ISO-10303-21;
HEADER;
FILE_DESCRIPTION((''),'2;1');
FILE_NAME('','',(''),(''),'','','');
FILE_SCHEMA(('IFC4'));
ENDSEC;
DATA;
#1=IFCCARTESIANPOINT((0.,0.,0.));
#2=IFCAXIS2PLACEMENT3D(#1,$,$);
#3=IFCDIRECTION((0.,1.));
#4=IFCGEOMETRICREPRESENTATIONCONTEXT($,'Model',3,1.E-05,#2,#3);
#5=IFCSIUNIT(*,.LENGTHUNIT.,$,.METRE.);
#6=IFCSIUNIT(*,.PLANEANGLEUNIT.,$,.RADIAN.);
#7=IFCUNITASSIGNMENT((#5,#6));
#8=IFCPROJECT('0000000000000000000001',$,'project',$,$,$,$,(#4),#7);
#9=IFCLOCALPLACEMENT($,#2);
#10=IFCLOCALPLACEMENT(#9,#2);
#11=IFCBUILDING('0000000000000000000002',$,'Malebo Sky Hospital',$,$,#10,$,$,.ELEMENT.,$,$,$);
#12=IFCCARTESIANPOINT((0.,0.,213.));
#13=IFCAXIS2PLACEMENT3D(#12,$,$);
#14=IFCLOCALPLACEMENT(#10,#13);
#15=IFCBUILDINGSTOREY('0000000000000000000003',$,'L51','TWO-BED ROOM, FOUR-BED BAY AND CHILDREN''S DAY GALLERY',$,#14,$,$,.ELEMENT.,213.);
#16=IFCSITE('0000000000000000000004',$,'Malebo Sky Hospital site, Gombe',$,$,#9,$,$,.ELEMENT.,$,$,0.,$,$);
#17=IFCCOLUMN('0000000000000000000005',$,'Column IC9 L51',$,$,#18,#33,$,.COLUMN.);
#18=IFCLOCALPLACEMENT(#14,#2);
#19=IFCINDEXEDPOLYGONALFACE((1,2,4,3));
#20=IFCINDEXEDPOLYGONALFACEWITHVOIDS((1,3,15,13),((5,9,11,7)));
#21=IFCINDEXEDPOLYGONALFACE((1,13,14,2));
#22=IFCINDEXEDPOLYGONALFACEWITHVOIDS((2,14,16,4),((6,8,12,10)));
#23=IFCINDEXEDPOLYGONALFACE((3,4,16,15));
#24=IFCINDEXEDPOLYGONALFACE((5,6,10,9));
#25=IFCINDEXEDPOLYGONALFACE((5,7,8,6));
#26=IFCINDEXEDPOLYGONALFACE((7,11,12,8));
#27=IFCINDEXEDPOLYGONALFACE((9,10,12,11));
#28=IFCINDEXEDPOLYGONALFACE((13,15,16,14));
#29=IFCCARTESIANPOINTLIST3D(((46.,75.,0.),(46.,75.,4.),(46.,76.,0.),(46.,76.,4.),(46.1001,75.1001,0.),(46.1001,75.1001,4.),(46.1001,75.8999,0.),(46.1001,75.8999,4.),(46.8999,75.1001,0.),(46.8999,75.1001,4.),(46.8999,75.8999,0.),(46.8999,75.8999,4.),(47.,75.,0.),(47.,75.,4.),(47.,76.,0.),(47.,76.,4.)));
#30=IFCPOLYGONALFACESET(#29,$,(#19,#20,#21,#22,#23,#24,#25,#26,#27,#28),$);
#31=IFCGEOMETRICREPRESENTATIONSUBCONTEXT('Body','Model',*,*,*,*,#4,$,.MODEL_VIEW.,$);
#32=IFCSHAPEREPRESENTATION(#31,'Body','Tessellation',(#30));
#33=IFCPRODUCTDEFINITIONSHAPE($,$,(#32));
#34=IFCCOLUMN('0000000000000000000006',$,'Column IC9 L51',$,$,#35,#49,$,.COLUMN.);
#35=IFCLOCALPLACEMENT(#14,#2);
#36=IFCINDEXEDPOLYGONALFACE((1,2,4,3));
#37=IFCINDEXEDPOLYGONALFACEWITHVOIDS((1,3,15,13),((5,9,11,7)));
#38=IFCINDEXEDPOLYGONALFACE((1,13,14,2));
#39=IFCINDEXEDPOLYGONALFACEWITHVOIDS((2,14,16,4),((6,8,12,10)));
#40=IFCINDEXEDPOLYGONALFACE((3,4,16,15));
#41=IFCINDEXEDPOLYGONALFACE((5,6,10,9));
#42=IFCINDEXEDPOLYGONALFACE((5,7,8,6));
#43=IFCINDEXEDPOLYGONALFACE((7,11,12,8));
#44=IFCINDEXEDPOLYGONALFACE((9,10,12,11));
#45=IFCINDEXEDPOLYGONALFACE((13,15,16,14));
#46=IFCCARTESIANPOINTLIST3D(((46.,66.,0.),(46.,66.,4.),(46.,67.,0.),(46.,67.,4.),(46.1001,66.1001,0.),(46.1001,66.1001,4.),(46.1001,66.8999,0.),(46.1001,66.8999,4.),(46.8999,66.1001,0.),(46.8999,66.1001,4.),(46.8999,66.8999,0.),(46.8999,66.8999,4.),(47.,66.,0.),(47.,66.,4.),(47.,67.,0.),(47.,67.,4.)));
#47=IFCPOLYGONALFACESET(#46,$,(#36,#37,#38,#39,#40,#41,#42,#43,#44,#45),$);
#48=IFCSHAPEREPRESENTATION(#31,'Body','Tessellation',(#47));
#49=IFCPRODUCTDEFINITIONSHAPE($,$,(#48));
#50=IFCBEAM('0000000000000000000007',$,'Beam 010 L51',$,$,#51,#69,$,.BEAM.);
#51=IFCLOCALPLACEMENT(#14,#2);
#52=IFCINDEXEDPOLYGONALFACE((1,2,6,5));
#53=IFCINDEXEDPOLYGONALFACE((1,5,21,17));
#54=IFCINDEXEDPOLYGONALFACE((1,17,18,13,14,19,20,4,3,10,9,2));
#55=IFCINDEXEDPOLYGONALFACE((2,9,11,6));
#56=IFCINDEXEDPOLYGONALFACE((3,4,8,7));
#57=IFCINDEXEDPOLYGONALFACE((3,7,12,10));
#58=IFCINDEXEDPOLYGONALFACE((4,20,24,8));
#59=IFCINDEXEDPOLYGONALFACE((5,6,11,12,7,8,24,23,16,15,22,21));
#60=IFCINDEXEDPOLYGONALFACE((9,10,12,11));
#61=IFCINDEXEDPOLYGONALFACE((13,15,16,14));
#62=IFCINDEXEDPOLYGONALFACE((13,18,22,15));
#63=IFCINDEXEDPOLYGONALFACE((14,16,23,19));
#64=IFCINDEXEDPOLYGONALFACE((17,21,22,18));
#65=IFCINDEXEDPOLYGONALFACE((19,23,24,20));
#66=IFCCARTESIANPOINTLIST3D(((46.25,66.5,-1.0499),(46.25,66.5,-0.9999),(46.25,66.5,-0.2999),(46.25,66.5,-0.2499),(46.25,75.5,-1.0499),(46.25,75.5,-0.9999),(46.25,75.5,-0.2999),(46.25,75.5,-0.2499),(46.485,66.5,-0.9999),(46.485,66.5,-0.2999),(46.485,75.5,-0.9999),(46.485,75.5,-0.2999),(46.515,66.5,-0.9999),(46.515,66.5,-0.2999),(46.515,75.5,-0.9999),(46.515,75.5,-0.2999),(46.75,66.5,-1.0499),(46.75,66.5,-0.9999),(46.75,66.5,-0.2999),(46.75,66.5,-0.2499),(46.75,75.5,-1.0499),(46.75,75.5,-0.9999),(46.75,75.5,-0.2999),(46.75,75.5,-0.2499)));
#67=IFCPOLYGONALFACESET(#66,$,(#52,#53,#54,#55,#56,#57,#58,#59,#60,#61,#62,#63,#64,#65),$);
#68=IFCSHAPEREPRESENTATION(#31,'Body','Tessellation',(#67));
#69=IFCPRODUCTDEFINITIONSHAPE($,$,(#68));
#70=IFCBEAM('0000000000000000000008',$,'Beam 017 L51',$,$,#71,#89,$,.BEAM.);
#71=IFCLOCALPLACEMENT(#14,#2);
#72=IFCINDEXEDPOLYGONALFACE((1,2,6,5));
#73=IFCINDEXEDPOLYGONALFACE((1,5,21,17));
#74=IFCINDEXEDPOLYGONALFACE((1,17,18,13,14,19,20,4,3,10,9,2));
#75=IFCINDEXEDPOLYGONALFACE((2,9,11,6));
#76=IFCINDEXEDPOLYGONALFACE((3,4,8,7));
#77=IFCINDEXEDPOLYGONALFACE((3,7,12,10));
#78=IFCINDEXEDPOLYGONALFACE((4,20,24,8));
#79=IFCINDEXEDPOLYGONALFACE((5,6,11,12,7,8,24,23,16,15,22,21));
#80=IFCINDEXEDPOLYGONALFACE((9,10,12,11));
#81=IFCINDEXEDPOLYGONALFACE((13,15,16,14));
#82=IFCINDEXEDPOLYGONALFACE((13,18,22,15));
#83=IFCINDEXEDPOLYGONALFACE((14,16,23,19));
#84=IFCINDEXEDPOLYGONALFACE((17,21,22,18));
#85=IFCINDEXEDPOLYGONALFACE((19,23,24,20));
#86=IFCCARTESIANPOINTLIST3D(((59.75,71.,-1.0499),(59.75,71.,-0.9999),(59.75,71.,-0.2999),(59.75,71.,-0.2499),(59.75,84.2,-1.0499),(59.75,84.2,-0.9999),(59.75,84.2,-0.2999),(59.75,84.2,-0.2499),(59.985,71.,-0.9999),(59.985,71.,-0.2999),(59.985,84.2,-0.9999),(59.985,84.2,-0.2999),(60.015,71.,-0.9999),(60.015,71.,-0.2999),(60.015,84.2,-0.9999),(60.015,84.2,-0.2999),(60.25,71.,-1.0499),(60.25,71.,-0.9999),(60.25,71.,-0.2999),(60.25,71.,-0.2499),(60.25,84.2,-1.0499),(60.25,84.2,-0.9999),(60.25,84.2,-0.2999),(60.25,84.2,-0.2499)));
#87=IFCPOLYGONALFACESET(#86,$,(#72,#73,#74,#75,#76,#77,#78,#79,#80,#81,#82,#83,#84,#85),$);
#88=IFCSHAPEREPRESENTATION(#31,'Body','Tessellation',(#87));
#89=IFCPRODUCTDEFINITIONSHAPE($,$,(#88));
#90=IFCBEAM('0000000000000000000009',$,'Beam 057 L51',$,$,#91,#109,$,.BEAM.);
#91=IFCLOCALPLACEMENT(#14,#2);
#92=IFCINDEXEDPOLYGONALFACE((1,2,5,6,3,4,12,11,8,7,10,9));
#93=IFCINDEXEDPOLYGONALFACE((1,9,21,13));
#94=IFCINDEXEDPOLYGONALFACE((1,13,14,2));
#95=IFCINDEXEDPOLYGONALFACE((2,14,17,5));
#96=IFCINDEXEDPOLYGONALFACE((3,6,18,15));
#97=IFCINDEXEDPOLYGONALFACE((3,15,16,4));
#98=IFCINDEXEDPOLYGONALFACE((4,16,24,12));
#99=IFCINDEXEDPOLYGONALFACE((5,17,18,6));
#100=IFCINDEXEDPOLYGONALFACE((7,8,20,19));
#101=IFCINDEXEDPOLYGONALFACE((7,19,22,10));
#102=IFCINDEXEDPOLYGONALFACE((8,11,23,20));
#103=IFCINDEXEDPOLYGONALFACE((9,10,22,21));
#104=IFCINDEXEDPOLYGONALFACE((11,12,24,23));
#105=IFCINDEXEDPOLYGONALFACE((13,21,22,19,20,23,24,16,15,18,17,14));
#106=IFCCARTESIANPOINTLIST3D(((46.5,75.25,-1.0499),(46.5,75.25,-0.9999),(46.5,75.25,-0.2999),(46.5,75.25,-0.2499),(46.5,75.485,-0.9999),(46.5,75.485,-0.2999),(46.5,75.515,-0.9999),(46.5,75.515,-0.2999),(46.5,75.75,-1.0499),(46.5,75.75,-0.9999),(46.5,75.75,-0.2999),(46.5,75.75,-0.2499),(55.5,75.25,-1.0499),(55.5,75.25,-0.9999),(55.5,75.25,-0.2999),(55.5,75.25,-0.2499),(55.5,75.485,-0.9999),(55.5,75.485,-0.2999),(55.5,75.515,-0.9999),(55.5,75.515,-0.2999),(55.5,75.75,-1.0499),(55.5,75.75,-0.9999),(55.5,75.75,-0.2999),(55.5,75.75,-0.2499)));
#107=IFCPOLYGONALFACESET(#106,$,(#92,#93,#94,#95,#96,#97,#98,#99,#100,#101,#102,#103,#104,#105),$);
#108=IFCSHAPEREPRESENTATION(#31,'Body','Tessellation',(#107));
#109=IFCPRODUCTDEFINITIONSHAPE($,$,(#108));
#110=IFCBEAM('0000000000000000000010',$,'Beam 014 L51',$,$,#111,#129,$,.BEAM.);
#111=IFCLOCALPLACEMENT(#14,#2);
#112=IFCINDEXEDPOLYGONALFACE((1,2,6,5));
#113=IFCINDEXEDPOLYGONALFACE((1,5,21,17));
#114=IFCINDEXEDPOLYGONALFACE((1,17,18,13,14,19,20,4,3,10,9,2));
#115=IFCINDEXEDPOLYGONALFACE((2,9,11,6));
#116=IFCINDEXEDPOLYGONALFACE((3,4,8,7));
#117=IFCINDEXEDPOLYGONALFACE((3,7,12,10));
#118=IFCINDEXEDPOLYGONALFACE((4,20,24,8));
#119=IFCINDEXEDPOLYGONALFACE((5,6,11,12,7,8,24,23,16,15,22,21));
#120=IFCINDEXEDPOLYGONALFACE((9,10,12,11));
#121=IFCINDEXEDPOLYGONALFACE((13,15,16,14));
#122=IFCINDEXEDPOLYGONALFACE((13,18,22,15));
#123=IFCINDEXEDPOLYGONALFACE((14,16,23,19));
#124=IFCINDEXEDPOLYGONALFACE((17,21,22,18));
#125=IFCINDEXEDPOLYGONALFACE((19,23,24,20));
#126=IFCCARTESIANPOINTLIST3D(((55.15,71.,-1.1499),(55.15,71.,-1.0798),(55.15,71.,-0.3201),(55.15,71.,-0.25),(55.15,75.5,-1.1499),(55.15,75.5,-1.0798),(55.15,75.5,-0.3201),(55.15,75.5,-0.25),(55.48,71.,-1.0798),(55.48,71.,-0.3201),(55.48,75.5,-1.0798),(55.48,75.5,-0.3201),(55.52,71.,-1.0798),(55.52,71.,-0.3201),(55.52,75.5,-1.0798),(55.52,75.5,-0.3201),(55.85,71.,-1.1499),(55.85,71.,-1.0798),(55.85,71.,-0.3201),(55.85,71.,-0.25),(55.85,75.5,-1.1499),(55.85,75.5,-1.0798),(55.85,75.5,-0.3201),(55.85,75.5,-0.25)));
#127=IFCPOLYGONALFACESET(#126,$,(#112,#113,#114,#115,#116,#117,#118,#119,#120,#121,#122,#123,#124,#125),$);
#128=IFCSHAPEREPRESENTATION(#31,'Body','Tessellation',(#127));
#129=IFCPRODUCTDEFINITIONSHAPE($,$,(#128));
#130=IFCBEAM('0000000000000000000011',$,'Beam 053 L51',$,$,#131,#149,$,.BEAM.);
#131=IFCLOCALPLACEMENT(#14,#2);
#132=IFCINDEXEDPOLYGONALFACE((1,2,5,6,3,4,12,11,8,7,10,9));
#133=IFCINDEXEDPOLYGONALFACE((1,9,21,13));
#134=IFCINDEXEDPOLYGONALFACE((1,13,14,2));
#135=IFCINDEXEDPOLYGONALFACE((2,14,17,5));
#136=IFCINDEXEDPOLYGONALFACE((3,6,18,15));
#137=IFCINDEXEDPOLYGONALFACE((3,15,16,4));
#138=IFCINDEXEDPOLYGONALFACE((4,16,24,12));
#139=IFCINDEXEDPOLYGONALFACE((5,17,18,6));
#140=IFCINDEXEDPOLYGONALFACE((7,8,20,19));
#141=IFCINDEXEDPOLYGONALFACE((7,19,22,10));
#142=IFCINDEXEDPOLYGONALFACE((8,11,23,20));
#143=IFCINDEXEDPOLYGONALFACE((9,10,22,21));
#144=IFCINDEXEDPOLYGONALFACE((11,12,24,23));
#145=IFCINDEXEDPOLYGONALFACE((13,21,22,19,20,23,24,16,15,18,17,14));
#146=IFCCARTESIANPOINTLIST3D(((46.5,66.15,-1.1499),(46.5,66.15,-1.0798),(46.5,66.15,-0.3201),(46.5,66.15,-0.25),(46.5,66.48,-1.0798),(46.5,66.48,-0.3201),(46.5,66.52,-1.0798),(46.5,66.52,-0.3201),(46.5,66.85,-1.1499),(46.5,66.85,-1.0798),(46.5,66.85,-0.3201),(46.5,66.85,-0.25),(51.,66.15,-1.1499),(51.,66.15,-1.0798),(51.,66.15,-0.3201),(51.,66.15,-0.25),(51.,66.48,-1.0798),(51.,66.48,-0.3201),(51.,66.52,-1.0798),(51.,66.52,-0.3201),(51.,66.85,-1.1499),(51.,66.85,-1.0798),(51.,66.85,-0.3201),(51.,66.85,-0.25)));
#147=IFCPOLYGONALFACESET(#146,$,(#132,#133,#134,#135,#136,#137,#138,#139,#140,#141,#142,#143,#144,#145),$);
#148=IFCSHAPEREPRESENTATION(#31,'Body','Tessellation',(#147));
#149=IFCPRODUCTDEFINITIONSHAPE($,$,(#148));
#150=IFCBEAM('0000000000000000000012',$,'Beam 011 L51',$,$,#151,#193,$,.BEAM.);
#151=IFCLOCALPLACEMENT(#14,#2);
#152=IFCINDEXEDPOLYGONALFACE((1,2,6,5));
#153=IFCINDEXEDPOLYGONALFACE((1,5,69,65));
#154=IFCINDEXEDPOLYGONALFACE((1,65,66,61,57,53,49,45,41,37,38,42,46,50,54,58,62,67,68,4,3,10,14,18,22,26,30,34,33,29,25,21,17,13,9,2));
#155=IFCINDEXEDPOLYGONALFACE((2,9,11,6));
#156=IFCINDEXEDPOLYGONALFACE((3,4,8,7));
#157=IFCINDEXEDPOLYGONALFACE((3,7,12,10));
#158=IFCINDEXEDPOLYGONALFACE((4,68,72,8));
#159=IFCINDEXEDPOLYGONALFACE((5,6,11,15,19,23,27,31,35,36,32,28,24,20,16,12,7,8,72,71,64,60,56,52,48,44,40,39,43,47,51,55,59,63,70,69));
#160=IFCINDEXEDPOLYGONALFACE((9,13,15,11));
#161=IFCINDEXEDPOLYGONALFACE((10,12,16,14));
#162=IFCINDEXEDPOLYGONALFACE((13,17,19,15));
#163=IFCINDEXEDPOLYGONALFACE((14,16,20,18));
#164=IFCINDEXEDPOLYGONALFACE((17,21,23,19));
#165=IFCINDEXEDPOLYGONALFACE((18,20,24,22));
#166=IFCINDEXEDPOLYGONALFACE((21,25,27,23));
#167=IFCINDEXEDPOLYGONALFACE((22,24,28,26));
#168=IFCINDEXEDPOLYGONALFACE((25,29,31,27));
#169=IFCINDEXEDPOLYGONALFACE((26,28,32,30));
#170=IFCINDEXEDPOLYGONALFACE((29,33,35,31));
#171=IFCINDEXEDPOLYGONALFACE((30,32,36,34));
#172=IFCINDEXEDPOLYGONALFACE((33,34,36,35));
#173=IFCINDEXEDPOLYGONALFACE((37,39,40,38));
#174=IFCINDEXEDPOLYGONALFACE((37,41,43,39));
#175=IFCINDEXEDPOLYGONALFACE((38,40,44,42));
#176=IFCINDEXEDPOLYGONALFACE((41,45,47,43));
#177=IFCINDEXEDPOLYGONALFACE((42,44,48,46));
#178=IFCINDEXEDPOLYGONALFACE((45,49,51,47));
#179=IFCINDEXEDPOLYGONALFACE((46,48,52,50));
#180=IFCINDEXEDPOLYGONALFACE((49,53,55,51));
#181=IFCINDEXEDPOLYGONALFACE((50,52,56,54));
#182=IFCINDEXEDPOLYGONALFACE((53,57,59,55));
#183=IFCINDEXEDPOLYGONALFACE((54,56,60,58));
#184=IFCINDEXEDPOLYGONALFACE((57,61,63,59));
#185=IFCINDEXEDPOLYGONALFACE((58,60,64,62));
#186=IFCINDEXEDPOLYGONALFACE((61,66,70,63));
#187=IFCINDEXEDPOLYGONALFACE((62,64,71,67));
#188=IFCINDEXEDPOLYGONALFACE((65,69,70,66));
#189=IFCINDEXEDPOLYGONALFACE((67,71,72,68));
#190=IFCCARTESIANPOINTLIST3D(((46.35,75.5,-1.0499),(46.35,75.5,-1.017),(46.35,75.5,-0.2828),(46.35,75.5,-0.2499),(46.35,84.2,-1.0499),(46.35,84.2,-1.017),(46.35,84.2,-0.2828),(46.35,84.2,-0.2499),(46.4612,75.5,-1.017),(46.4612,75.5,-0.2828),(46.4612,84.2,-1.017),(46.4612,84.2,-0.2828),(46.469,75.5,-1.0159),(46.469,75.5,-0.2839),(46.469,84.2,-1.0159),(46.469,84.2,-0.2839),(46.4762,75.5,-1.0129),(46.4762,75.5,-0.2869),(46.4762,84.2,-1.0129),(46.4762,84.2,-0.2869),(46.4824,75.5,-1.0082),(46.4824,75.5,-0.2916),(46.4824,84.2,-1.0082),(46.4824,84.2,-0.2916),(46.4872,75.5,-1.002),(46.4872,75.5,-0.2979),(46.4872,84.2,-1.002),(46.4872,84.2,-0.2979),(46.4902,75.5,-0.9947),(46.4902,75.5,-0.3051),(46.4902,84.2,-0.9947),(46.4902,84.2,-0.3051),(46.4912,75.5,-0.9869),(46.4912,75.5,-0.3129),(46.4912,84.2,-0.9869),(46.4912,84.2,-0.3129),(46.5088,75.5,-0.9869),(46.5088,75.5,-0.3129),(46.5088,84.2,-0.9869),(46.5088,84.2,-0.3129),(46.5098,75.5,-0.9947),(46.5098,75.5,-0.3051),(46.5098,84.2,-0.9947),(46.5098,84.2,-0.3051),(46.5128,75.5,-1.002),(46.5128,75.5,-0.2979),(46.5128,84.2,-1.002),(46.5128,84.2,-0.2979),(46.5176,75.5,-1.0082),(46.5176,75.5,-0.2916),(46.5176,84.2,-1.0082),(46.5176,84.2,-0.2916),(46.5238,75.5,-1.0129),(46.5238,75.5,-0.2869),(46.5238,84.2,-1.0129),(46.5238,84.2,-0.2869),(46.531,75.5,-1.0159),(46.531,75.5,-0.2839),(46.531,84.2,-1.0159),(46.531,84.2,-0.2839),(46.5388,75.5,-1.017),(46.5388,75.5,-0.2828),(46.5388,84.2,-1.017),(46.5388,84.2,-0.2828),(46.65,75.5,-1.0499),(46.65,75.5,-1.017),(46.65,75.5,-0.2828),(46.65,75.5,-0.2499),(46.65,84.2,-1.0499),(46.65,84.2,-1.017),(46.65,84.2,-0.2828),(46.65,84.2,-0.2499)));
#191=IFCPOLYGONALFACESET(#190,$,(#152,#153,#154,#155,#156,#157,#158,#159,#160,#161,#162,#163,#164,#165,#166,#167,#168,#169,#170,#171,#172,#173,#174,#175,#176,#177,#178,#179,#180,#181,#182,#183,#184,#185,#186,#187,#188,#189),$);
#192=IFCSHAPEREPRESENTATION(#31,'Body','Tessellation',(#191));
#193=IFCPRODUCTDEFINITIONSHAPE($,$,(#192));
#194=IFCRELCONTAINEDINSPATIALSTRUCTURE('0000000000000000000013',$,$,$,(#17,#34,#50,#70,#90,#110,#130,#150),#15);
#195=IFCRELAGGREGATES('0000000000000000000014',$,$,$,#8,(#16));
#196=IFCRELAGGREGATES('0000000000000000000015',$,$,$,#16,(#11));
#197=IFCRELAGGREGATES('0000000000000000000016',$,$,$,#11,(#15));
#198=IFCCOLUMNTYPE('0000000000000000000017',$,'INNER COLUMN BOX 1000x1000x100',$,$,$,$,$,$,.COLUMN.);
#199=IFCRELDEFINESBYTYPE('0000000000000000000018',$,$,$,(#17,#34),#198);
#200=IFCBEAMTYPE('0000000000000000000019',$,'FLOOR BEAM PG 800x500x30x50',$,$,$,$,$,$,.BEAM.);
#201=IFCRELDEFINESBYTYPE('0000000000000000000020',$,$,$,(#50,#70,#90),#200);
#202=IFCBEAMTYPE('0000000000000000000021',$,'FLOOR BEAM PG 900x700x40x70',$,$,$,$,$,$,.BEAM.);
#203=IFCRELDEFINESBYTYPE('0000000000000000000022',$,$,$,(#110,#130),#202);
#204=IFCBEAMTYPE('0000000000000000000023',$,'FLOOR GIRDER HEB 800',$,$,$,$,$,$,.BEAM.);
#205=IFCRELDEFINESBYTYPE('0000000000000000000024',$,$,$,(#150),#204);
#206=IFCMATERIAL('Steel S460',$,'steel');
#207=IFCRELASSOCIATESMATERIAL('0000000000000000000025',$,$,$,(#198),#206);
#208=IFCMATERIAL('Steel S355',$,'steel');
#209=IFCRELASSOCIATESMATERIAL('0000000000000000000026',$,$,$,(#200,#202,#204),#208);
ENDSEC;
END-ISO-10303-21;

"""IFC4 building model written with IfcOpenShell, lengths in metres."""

from ifc_helpers import new_model, si_unit, direction, frame, origin, origin_2d, place, context, subcontext, project, spatial, hollow_rectangle, i_section, extrude, material, material_profile, profile_set, type_object, element, save


model = new_model("IFC4")

# Units and contexts
model_context = context("Model", 3, precision=1e-05, world=origin(), true_north=direction((0.0, 1.0)))
body_context = subcontext(model_context, "Body", "Model", "MODEL_VIEW")
ifc_project = project(units=[si_unit("LENGTHUNIT", "METRE"), si_unit("PLANEANGLEUNIT", "RADIAN")], contexts=[model_context])

# Site, building, storey
site_placement = place(None, origin())
site = spatial("IfcSite", under=ifc_project, at=site_placement, Name="Malebo Sky Hospital site, Gombe", CompositionType="ELEMENT", RefElevation=0.0)
building_placement = place(site_placement, origin())
building = spatial("IfcBuilding", under=site, at=building_placement, Name="Malebo Sky Hospital", CompositionType="ELEMENT")
storey_placement = place(building_placement, frame((0.0, 0.0, 213.0)))
storey = spatial("IfcBuildingStorey", under=building, at=storey_placement, Name="L51", Description="TWO-BED ROOM, FOUR-BED BAY AND CHILDREN'S DAY GALLERY", CompositionType="ELEMENT", Elevation=213.0)

# Columns
ifc_material_1 = material(Name="Steel S460", Category="steel")
ifc_material_profile_1 = material_profile(ifc_material_1, hollow_rectangle(XDim=1.0, YDim=1.0, WallThickness=0.1001, at=origin_2d()), Name="BOX 1000x1000x100")
ifc_profile_set_1 = profile_set([ifc_material_profile_1], Name="Steel S460")
column_type = type_object("IfcColumnType", Name="INNER COLUMN BOX 1000x1000x100", PredefinedType="COLUMN", material=ifc_profile_set_1)
for number, where, z_axis, x_axis, name in (
    (1, (46.5, 75.5, 0.0), (0.0, 0.0, 1.0), (1.0, 0.0, 0.0), "Column IC9 L51"),
    (2, (46.5, 66.5, 0.0), (0.0, 0.0, 1.0), (1.0, 0.0, 0.0), "Column IC9 L51"),
):
    element("IfcColumn", number, at=place(storey_placement, frame(where, z_axis=z_axis, x_axis=x_axis)), inside=storey, type_object=column_type, Name=name, PredefinedType="COLUMN", context=body_context, shape_type="SweptSolid", body=[
        extrude(hollow_rectangle(XDim=1.0, YDim=1.0, WallThickness=0.1001, at=origin_2d()), origin(), (0.0, 0.0, 1.0), 4.0),
    ])

# Beams
ifc_material_2 = material(Name="Steel S355", Category="steel")
ifc_material_profile_2 = material_profile(ifc_material_2, i_section(OverallWidth=0.5, OverallDepth=0.8, WebThickness=0.03, FlangeThickness=0.05, at=origin_2d()), Name="PG 800x500x30x50")
ifc_profile_set_2 = profile_set([ifc_material_profile_2], Name="Steel S355")
beam_type_1 = type_object("IfcBeamType", Name="FLOOR BEAM PG 800x500x30x50", PredefinedType="BEAM", material=ifc_profile_set_2)
beam_1_placement = place(storey_placement, frame((46.5, 66.5, -0.6499), z_axis=(0.0, 1.0, 0.0), x_axis=(-1.0, 0.0, 0.0)))
element("IfcBeam", 3, at=beam_1_placement, inside=storey, type_object=beam_type_1, Name="Beam 010 L51", PredefinedType="BEAM", context=body_context, shape_type="SweptSolid", body=[
    extrude(i_section(OverallWidth=0.5, OverallDepth=0.8, WebThickness=0.03, FlangeThickness=0.05, at=origin_2d()), origin(), (0.0, 0.0, 1.0), 9.0),
])
beam_2_placement = place(storey_placement, frame((60.0, 71.0, -0.6499), z_axis=(0.0, 1.0, 0.0), x_axis=(-1.0, 0.0, 0.0)))
element("IfcBeam", 4, at=beam_2_placement, inside=storey, type_object=beam_type_1, Name="Beam 017 L51", PredefinedType="BEAM", context=body_context, shape_type="SweptSolid", body=[
    extrude(i_section(OverallWidth=0.5, OverallDepth=0.8, WebThickness=0.03, FlangeThickness=0.05, at=origin_2d()), origin(), (0.0, 0.0, 1.0), 13.2),
])
beam_3_placement = place(storey_placement, frame((46.5, 75.5, -0.6499), z_axis=(1.0, 0.0, 0.0), x_axis=(0.0, 1.0, 0.0)))
element("IfcBeam", 5, at=beam_3_placement, inside=storey, type_object=beam_type_1, Name="Beam 057 L51", PredefinedType="BEAM", context=body_context, shape_type="SweptSolid", body=[
    extrude(i_section(OverallWidth=0.5, OverallDepth=0.8, WebThickness=0.03, FlangeThickness=0.05, at=origin_2d()), origin(), (0.0, 0.0, 1.0), 9.0),
])
ifc_material_profile_3 = material_profile(ifc_material_2, i_section(OverallWidth=0.7, OverallDepth=0.8999, WebThickness=0.04, FlangeThickness=0.0701, at=origin_2d()), Name="PG 900x700x40x70")
ifc_profile_set_3 = profile_set([ifc_material_profile_3], Name="Steel S355")
beam_type_2 = type_object("IfcBeamType", Name="FLOOR BEAM PG 900x700x40x70", PredefinedType="BEAM", material=ifc_profile_set_3)
for number, where, z_axis, x_axis, name in (
    (6, (55.5, 71.0, -0.7), (0.0, 1.0, 0.0), (-1.0, 0.0, 0.0), "Beam 014 L51"),
    (7, (46.5, 66.5, -0.7), (1.0, 0.0, 0.0), (0.0, 1.0, 0.0), "Beam 053 L51"),
):
    element("IfcBeam", number, at=place(storey_placement, frame(where, z_axis=z_axis, x_axis=x_axis)), inside=storey, type_object=beam_type_2, Name=name, PredefinedType="BEAM", context=body_context, shape_type="SweptSolid", body=[
        extrude(i_section(OverallWidth=0.7, OverallDepth=0.8999, WebThickness=0.04, FlangeThickness=0.0701, at=origin_2d()), origin(), (0.0, 0.0, 1.0), 4.5),
    ])
ifc_material_profile_4 = material_profile(ifc_material_2, i_section(OverallWidth=0.3, OverallDepth=0.8, WebThickness=0.0176, FlangeThickness=0.033, FilletRadius=0.03, at=origin_2d()), Name="HEB 800")
ifc_profile_set_4 = profile_set([ifc_material_profile_4], Name="Steel S355")
beam_type_3 = type_object("IfcBeamType", Name="FLOOR GIRDER HEB 800", PredefinedType="BEAM", material=ifc_profile_set_4)
beam_4_placement = place(storey_placement, frame((46.5, 75.5, -0.6499), z_axis=(0.0, 1.0, 0.0), x_axis=(-1.0, 0.0, 0.0)))
element("IfcBeam", 8, at=beam_4_placement, inside=storey, type_object=beam_type_3, Name="Beam 011 L51", PredefinedType="BEAM", context=body_context, shape_type="SweptSolid", body=[
    extrude(i_section(OverallWidth=0.3, OverallDepth=0.8, WebThickness=0.0176, FlangeThickness=0.033, FilletRadius=0.03, at=origin_2d()), origin(), (0.0, 0.0, 1.0), 8.7),
])

save(model, "model.ifc")
